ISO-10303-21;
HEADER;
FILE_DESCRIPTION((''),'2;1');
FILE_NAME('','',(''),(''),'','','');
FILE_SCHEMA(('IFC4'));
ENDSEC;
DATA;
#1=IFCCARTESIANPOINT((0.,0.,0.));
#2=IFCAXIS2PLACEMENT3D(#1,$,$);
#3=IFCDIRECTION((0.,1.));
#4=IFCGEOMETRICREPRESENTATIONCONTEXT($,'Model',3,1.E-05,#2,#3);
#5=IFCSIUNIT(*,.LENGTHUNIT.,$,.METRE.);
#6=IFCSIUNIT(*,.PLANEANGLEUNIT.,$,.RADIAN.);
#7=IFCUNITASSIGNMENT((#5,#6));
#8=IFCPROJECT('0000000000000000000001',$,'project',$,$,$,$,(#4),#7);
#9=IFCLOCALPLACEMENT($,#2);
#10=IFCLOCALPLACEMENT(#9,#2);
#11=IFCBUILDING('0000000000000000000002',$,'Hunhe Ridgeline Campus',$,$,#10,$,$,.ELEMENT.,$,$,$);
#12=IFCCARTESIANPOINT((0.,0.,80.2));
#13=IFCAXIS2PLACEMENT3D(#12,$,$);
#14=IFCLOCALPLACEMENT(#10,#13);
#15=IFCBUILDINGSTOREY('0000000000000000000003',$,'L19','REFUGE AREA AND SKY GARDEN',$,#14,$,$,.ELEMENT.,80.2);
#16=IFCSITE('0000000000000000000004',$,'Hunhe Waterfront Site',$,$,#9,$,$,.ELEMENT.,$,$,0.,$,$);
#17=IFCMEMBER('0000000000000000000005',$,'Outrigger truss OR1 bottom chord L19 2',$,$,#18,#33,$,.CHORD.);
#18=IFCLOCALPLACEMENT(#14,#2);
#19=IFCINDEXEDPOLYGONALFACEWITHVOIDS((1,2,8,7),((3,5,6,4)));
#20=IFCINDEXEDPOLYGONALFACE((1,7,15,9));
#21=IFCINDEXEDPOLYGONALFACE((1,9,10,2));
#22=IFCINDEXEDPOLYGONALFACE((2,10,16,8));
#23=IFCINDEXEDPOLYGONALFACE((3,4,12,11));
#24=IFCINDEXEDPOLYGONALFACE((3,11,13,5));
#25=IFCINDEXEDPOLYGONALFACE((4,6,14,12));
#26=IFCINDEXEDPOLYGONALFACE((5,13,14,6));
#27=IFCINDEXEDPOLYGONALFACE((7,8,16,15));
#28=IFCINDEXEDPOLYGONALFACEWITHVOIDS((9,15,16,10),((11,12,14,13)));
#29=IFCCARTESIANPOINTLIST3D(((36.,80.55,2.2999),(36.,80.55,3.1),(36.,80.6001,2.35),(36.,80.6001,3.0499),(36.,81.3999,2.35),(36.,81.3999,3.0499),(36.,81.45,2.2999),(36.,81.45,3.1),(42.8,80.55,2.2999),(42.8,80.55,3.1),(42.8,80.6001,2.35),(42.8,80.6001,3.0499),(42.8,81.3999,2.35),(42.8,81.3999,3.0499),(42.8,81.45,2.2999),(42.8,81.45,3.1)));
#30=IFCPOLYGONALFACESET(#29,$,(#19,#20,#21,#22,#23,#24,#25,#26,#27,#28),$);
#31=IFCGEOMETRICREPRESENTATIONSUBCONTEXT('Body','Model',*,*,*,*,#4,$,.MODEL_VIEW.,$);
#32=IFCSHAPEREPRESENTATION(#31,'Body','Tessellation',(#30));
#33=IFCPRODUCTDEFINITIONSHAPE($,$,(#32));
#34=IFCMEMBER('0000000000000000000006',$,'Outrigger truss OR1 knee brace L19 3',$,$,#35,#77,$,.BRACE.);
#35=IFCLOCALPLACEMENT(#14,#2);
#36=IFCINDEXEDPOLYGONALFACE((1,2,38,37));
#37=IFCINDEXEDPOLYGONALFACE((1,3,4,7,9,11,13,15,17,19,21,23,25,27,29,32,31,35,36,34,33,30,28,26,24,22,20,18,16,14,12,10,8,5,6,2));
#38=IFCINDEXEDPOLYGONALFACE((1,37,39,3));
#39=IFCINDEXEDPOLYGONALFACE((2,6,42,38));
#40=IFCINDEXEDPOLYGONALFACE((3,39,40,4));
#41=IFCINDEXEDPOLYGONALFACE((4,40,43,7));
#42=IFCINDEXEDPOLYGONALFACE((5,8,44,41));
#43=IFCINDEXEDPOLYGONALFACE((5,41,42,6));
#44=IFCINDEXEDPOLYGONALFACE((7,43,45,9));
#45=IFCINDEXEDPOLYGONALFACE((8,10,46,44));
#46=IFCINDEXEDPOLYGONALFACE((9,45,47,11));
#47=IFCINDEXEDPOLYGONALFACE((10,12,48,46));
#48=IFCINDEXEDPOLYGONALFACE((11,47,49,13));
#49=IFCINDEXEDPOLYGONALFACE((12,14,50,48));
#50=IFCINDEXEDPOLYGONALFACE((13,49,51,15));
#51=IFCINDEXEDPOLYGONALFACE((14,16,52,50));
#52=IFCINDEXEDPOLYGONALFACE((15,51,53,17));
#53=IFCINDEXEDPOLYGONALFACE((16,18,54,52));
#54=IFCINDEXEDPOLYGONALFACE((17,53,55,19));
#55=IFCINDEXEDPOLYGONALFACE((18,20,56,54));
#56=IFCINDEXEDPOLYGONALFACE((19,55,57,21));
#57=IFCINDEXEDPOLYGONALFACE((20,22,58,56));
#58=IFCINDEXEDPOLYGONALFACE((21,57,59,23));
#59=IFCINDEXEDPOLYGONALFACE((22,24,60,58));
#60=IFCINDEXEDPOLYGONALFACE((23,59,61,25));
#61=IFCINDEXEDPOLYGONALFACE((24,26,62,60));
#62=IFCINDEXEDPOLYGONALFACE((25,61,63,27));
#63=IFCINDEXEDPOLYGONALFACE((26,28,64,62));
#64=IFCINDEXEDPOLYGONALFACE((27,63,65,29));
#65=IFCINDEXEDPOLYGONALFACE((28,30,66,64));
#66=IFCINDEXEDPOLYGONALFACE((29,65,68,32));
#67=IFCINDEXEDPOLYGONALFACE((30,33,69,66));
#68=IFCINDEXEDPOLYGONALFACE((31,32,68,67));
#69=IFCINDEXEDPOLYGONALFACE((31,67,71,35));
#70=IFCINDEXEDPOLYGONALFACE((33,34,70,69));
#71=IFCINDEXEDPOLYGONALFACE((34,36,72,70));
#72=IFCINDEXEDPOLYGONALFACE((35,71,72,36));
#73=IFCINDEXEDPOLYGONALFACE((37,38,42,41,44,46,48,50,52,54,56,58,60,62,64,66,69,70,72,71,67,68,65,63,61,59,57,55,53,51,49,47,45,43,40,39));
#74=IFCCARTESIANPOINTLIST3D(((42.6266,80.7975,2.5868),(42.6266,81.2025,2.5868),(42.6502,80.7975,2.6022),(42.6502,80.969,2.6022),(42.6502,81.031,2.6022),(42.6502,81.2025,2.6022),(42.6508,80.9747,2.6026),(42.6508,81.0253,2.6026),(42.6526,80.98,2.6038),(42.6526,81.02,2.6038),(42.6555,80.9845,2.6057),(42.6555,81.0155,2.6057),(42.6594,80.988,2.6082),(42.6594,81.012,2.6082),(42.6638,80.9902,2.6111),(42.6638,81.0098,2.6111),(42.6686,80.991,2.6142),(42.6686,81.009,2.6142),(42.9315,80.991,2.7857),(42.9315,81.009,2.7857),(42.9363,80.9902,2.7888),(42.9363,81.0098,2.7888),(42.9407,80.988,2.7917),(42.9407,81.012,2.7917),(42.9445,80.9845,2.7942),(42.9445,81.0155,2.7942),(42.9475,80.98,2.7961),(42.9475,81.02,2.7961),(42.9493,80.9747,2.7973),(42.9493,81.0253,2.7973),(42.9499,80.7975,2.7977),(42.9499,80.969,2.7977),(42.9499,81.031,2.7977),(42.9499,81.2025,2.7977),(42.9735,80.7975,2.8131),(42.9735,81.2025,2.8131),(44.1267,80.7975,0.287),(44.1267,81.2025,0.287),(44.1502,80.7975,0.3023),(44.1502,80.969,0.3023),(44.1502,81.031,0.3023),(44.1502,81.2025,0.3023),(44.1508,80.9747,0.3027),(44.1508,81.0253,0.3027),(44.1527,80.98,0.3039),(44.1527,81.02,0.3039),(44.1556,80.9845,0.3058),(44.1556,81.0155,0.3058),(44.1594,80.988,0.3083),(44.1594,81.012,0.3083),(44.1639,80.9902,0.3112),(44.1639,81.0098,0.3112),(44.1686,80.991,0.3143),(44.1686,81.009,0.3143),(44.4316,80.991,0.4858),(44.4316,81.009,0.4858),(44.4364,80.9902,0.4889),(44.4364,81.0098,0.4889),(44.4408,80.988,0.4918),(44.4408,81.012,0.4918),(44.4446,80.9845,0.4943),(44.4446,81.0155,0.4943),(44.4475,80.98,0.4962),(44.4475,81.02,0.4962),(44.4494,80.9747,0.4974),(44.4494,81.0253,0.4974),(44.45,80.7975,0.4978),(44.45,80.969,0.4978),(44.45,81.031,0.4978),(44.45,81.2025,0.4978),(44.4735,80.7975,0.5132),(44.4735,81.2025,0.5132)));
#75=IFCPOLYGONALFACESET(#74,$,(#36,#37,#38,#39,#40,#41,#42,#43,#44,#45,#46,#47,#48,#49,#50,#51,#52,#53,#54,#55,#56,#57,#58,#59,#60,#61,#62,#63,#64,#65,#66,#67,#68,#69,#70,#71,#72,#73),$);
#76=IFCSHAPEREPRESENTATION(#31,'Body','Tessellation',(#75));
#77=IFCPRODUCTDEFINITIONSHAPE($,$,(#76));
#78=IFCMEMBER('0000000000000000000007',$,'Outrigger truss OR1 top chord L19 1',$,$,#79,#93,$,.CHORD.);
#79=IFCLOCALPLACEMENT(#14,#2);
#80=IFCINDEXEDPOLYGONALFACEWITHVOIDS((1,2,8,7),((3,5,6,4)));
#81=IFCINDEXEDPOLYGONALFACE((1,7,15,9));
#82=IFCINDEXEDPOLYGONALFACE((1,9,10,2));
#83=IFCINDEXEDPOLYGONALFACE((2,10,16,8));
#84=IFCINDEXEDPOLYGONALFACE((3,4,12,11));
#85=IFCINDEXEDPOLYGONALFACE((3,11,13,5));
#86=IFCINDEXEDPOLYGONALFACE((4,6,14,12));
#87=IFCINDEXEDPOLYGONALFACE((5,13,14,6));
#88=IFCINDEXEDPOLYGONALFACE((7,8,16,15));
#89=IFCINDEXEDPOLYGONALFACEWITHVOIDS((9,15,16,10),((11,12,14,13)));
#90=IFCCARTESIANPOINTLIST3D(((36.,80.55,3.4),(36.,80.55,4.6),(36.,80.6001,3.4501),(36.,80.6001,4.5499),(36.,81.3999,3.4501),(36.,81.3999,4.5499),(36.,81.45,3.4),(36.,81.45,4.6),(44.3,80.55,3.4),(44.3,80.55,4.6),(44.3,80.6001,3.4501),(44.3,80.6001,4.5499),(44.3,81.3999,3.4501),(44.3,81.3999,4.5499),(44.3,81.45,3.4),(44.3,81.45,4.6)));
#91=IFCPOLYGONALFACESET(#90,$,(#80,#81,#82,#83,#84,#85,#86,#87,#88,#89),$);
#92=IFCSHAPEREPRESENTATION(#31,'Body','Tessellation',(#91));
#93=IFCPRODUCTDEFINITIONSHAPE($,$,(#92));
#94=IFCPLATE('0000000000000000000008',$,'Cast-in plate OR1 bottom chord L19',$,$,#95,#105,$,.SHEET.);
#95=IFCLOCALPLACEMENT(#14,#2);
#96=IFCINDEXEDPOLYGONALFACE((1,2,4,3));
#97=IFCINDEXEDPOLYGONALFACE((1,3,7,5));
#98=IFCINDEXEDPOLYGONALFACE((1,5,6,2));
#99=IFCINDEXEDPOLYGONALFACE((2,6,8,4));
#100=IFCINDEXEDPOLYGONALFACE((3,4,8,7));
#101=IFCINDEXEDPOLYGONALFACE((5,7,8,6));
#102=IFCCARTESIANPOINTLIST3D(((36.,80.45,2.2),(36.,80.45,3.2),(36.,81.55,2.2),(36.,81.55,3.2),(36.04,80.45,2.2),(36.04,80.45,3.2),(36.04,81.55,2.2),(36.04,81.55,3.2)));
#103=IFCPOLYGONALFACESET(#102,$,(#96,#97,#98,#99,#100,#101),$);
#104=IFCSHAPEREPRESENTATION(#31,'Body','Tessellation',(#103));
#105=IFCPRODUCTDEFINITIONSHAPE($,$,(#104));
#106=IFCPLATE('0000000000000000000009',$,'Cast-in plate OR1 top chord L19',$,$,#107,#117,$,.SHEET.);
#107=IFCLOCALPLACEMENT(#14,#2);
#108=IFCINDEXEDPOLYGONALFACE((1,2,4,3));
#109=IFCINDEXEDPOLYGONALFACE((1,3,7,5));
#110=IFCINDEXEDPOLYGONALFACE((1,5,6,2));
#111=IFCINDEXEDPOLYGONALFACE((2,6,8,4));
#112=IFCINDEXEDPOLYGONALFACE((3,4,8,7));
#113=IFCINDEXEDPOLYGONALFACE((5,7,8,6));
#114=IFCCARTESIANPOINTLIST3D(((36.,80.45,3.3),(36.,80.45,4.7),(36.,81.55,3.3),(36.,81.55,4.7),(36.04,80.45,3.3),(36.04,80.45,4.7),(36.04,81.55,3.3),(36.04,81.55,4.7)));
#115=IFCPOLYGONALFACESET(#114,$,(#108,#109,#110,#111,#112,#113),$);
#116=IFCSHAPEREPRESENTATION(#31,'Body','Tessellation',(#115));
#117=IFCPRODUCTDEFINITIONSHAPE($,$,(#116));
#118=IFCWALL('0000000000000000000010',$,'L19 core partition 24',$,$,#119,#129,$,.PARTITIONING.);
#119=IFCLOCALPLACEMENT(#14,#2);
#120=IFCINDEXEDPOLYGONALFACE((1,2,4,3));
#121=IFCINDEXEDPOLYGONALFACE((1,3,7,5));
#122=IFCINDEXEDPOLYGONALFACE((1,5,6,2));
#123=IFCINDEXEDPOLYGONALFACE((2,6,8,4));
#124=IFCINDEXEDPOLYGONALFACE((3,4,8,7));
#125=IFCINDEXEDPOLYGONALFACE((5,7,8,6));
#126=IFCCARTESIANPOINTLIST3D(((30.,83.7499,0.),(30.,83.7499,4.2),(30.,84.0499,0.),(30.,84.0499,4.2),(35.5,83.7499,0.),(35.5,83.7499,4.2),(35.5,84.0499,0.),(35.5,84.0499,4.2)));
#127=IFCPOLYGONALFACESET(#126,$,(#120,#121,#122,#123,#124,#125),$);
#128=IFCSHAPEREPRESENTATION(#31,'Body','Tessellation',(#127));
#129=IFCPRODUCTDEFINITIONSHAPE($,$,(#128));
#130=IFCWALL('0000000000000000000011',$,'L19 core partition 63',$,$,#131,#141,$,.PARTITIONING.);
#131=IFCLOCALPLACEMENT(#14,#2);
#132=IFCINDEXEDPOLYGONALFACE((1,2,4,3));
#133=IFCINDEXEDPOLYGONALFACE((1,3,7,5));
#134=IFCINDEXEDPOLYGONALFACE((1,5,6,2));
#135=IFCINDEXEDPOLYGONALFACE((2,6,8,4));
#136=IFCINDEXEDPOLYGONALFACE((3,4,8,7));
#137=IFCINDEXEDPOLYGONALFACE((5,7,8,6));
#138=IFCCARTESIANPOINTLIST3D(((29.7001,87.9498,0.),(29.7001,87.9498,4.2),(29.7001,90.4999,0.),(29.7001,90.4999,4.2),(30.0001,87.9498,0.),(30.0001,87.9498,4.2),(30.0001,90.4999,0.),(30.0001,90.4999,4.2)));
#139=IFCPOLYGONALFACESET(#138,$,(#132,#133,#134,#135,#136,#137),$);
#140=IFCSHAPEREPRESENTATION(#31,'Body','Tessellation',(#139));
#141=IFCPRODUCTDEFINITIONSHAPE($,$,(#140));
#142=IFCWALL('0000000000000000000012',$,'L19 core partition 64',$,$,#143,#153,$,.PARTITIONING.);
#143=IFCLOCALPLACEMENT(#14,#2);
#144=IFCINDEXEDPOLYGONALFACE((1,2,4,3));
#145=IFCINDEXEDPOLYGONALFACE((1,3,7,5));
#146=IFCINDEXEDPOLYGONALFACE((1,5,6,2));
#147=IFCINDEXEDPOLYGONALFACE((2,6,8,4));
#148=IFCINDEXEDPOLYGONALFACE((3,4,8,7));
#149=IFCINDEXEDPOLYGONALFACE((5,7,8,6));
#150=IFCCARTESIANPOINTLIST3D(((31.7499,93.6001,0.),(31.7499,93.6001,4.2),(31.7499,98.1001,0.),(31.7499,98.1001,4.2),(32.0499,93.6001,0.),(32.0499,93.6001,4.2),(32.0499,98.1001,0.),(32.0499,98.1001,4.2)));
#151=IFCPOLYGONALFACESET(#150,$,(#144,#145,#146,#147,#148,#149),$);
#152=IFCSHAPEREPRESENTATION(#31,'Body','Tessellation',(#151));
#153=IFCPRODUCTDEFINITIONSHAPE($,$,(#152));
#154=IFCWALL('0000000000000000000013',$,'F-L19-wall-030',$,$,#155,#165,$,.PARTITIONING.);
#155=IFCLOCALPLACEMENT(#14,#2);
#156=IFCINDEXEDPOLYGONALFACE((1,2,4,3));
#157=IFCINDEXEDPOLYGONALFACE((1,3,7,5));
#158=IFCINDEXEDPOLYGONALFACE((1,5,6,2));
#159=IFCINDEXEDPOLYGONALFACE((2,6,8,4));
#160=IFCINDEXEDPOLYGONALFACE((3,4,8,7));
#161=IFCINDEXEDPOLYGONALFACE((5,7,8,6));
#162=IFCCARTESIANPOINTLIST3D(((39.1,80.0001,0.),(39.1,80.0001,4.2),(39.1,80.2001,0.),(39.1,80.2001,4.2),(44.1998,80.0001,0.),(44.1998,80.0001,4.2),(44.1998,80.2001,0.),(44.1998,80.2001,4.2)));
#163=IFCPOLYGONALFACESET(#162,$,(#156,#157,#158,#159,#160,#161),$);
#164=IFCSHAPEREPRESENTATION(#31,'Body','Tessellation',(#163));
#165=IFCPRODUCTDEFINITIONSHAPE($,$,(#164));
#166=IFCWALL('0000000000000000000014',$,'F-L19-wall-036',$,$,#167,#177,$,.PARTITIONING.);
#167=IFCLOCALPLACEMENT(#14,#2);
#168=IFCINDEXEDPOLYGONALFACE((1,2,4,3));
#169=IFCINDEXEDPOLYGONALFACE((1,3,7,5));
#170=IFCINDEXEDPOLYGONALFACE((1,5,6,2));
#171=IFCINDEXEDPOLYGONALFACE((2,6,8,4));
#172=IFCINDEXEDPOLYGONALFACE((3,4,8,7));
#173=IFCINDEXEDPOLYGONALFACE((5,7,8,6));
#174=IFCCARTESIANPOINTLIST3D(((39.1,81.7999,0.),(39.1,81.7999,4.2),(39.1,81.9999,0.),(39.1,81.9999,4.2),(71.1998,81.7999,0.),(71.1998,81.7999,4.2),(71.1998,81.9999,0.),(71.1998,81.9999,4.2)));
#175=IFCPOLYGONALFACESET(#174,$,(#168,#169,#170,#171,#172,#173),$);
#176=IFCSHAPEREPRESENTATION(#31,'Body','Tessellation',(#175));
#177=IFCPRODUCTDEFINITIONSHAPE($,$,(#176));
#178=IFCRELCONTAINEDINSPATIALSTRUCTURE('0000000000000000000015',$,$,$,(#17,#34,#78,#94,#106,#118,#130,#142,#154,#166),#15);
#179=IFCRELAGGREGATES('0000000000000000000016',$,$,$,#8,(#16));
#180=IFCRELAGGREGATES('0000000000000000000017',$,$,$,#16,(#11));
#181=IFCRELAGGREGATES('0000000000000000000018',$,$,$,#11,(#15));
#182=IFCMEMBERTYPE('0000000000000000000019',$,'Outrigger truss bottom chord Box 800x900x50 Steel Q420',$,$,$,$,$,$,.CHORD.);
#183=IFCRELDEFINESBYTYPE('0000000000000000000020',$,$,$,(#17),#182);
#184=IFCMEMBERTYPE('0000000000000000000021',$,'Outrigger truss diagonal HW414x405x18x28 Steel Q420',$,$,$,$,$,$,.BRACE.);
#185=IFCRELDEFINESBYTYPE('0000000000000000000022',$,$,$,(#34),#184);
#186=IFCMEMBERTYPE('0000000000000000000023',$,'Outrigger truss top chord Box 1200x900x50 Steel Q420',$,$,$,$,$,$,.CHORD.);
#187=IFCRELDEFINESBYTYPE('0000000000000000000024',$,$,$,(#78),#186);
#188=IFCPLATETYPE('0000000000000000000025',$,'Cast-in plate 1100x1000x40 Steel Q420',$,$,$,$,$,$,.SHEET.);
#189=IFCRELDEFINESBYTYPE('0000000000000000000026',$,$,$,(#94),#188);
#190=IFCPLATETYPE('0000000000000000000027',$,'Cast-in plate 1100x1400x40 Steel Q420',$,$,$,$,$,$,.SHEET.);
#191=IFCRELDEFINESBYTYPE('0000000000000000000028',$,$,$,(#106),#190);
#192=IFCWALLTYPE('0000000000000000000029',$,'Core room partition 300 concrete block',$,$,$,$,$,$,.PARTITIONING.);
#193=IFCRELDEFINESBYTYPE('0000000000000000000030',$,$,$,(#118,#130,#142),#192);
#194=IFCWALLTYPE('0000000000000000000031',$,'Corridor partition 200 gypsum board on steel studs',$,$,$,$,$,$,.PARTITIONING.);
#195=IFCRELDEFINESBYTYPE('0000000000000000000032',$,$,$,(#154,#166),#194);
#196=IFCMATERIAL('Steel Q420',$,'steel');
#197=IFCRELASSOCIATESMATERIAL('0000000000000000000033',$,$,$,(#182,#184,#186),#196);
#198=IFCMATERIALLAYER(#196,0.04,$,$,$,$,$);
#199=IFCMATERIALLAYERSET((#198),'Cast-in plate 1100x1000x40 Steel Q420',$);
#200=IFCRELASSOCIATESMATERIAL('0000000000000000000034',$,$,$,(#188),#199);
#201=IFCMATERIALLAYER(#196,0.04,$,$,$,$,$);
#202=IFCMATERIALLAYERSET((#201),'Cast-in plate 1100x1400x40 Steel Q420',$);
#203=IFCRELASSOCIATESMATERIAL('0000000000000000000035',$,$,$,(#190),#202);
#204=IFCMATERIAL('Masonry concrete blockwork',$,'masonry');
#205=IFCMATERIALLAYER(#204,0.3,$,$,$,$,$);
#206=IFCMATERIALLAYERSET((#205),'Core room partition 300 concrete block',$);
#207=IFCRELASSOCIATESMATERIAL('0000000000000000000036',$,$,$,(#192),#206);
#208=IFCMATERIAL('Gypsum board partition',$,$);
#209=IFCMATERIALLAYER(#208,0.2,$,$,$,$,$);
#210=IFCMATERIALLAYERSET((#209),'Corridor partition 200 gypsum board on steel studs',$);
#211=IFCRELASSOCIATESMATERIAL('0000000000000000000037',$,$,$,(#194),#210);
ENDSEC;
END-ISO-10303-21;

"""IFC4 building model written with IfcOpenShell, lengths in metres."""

from ifc_helpers import new_model, si_unit, direction, frame, frame_2d, origin, origin_2d, place, context, subcontext, project, spatial, rectangle, hollow_rectangle, i_section, extrude, material, layer, layer_set, material_profile, profile_set, type_object, element, save


model = new_model("IFC4")

# Units and contexts
model_context = context("Model", 3, precision=1e-05, world=origin(), true_north=direction((0.0, 1.0)))
body_context = subcontext(model_context, "Body", "Model", "MODEL_VIEW")
ifc_project = project(units=[si_unit("LENGTHUNIT", "METRE"), si_unit("PLANEANGLEUNIT", "RADIAN")], contexts=[model_context])

# Site, building, storey
site_placement = place(None, origin())
site = spatial("IfcSite", under=ifc_project, at=site_placement, Name="Hunhe Waterfront Site", CompositionType="ELEMENT", RefElevation=0.0)
building_placement = place(site_placement, origin())
building = spatial("IfcBuilding", under=site, at=building_placement, Name="Hunhe Ridgeline Campus", CompositionType="ELEMENT")
storey_placement = place(building_placement, frame((0.0, 0.0, 80.2)))
storey = spatial("IfcBuildingStorey", under=building, at=storey_placement, Name="L19", Description="REFUGE AREA AND SKY GARDEN", CompositionType="ELEMENT", Elevation=80.2)

# Members
ifc_material_1 = material(Name="Steel Q420", Category="steel")
ifc_material_profile_1 = material_profile(ifc_material_1, hollow_rectangle(XDim=0.8999, YDim=0.8, WallThickness=0.05, at=origin_2d()))
ifc_profile_set_1 = profile_set([ifc_material_profile_1], Name="Steel Q420")
member_type_1 = type_object("IfcMemberType", Name="Outrigger truss bottom chord Box 800x900x50 Steel Q420", PredefinedType="CHORD", material=ifc_profile_set_1)
member_1_placement = place(storey_placement, frame((36.0, 81.0, 2.7), z_axis=(1.0, 0.0, 0.0), x_axis=(0.0, 1.0, 0.0)))
element("IfcMember", 1, at=member_1_placement, inside=storey, type_object=member_type_1, Name="Outrigger truss OR1 bottom chord L19 2", PredefinedType="CHORD", context=body_context, shape_type="SweptSolid", body=[
    extrude(hollow_rectangle(XDim=0.8999, YDim=0.8, WallThickness=0.05, at=origin_2d()), origin(), (0.0, 0.0, 1.0), 6.8),
])
ifc_material_profile_2 = material_profile(ifc_material_1, i_section(OverallWidth=0.405, OverallDepth=0.4141, WebThickness=0.0181, FlangeThickness=0.0281, FilletRadius=0.022, at=origin_2d()))
ifc_profile_set_2 = profile_set([ifc_material_profile_2], Name="Steel Q420")
member_type_2 = type_object("IfcMemberType", Name="Outrigger truss diagonal HW414x405x18x28 Steel Q420", PredefinedType="BRACE", material=ifc_profile_set_2)
member_2_placement = place(storey_placement, frame((42.8, 81.0, 2.7), z_axis=(0.5463, 0.0, -0.837589), x_axis=(0.0, 1.0, 0.0)))
element("IfcMember", 2, at=member_2_placement, inside=storey, type_object=member_type_2, Name="Outrigger truss OR1 knee brace L19 3", PredefinedType="BRACE", context=body_context, shape_type="SweptSolid", body=[
    extrude(i_section(OverallWidth=0.405, OverallDepth=0.4141, WebThickness=0.0181, FlangeThickness=0.0281, FilletRadius=0.022, at=origin_2d()), origin(), (0.0, 0.0, 1.0), 2.7458),
])
ifc_material_profile_3 = material_profile(ifc_material_1, hollow_rectangle(XDim=0.8999, YDim=1.2, WallThickness=0.05, at=origin_2d()))
ifc_profile_set_3 = profile_set([ifc_material_profile_3], Name="Steel Q420")
member_type_3 = type_object("IfcMemberType", Name="Outrigger truss top chord Box 1200x900x50 Steel Q420", PredefinedType="CHORD", material=ifc_profile_set_3)
member_3_placement = place(storey_placement, frame((36.0, 81.0, 4.0), z_axis=(1.0, 0.0, 0.0), x_axis=(0.0, 1.0, 0.0)))
element("IfcMember", 3, at=member_3_placement, inside=storey, type_object=member_type_3, Name="Outrigger truss OR1 top chord L19 1", PredefinedType="CHORD", context=body_context, shape_type="SweptSolid", body=[
    extrude(hollow_rectangle(XDim=0.8999, YDim=1.2, WallThickness=0.05, at=origin_2d()), origin(), (0.0, 0.0, 1.0), 8.3),
])

# Plates
ifc_layer_1 = layer(ifc_material_1, 0.04)
ifc_layer_set_1 = layer_set([ifc_layer_1], Name="Cast-in plate 1100x1000x40 Steel Q420")
plate_type_1 = type_object("IfcPlateType", Name="Cast-in plate 1100x1000x40 Steel Q420", PredefinedType="SHEET", material=ifc_layer_set_1)
plate_1_placement = place(storey_placement, frame((36.02, 81.0, 2.2), z_axis=(0.0, 0.0, 1.0), x_axis=(1.0, 0.0, 0.0)))
element("IfcPlate", 4, at=plate_1_placement, inside=storey, type_object=plate_type_1, Name="Cast-in plate OR1 bottom chord L19", PredefinedType="SHEET", context=body_context, shape_type="SweptSolid", body=[
    extrude(rectangle(XDim=0.04, YDim=1.1001, at=origin_2d()), origin(), (0.0, 0.0, 1.0), 1.0),
])
ifc_layer_2 = layer(ifc_material_1, 0.04)
ifc_layer_set_2 = layer_set([ifc_layer_2], Name="Cast-in plate 1100x1400x40 Steel Q420")
plate_type_2 = type_object("IfcPlateType", Name="Cast-in plate 1100x1400x40 Steel Q420", PredefinedType="SHEET", material=ifc_layer_set_2)
plate_2_placement = place(storey_placement, frame((36.02, 81.0, 3.3), z_axis=(0.0, 0.0, 1.0), x_axis=(1.0, 0.0, 0.0)))
element("IfcPlate", 5, at=plate_2_placement, inside=storey, type_object=plate_type_2, Name="Cast-in plate OR1 top chord L19", PredefinedType="SHEET", context=body_context, shape_type="SweptSolid", body=[
    extrude(rectangle(XDim=0.04, YDim=1.1001, at=origin_2d()), origin(), (0.0, 0.0, 1.0), 1.3999),
])

# Walls
ifc_material_2 = material(Name="Masonry concrete blockwork", Category="masonry")
ifc_layer_3 = layer(ifc_material_2, 0.3)
ifc_layer_set_3 = layer_set([ifc_layer_3], Name="Core room partition 300 concrete block")
wall_type_1 = type_object("IfcWallType", Name="Core room partition 300 concrete block", PredefinedType="PARTITIONING", material=ifc_layer_set_3)
wall_1_placement = place(storey_placement, frame((30.0, 83.8999, 0.0), z_axis=(0.0, 0.0, 1.0), x_axis=(1.0, 0.0, 0.0)))
element("IfcWall", 6, at=wall_1_placement, inside=storey, type_object=wall_type_1, Name="L19 core partition 24", PredefinedType="PARTITIONING", context=body_context, shape_type="SweptSolid", body=[
    extrude(rectangle(XDim=5.5, YDim=0.3, at=frame_2d((2.75, 0.0))), origin(), (0.0, 0.0, 1.0), 4.2),
])
wall_2_placement = place(storey_placement, frame((29.8501, 87.95, 0.0), z_axis=(0.0, 0.0, 1.0), x_axis=(0.0, 1.0, 0.0)))
element("IfcWall", 7, at=wall_2_placement, inside=storey, type_object=wall_type_1, Name="L19 core partition 63", PredefinedType="PARTITIONING", context=body_context, shape_type="SweptSolid", body=[
    extrude(rectangle(XDim=2.55, YDim=0.3, at=frame_2d((1.2749, 0.0))), origin(), (0.0, 0.0, 1.0), 4.2),
])
wall_3_placement = place(storey_placement, frame((31.8999, 93.6001, 0.0), z_axis=(0.0, 0.0, 1.0), x_axis=(0.0, 1.0, 0.0)))
element("IfcWall", 8, at=wall_3_placement, inside=storey, type_object=wall_type_1, Name="L19 core partition 64", PredefinedType="PARTITIONING", context=body_context, shape_type="SweptSolid", body=[
    extrude(rectangle(XDim=4.5, YDim=0.3, at=frame_2d((2.25, 0.0))), origin(), (0.0, 0.0, 1.0), 4.2),
])
ifc_material_3 = material(Name="Gypsum board partition")
ifc_layer_4 = layer(ifc_material_3, 0.2)
ifc_layer_set_4 = layer_set([ifc_layer_4], Name="Corridor partition 200 gypsum board on steel studs")
wall_type_2 = type_object("IfcWallType", Name="Corridor partition 200 gypsum board on steel studs", PredefinedType="PARTITIONING", material=ifc_layer_set_4)
wall_4_placement = place(storey_placement, frame((39.1001, 80.1001, 0.0), z_axis=(0.0, 0.0, 1.0), x_axis=(1.0, 0.0, 0.0)))
element("IfcWall", 9, at=wall_4_placement, inside=storey, type_object=wall_type_2, Name="F-L19-wall-030", PredefinedType="PARTITIONING", context=body_context, shape_type="SweptSolid", body=[
    extrude(rectangle(XDim=5.0999, YDim=0.2, at=frame_2d((2.5498, 0.0))), origin(), (0.0, 0.0, 1.0), 4.2),
])
wall_5_placement = place(storey_placement, frame((39.1001, 81.8999, 0.0), z_axis=(0.0, 0.0, 1.0), x_axis=(1.0, 0.0, 0.0)))
element("IfcWall", 10, at=wall_5_placement, inside=storey, type_object=wall_type_2, Name="F-L19-wall-036", PredefinedType="PARTITIONING", context=body_context, shape_type="SweptSolid", body=[
    extrude(rectangle(XDim=32.0999, YDim=0.2, at=frame_2d((16.0498, 0.0))), origin(), (0.0, 0.0, 1.0), 4.2),
])

save(model, "model.ifc")
